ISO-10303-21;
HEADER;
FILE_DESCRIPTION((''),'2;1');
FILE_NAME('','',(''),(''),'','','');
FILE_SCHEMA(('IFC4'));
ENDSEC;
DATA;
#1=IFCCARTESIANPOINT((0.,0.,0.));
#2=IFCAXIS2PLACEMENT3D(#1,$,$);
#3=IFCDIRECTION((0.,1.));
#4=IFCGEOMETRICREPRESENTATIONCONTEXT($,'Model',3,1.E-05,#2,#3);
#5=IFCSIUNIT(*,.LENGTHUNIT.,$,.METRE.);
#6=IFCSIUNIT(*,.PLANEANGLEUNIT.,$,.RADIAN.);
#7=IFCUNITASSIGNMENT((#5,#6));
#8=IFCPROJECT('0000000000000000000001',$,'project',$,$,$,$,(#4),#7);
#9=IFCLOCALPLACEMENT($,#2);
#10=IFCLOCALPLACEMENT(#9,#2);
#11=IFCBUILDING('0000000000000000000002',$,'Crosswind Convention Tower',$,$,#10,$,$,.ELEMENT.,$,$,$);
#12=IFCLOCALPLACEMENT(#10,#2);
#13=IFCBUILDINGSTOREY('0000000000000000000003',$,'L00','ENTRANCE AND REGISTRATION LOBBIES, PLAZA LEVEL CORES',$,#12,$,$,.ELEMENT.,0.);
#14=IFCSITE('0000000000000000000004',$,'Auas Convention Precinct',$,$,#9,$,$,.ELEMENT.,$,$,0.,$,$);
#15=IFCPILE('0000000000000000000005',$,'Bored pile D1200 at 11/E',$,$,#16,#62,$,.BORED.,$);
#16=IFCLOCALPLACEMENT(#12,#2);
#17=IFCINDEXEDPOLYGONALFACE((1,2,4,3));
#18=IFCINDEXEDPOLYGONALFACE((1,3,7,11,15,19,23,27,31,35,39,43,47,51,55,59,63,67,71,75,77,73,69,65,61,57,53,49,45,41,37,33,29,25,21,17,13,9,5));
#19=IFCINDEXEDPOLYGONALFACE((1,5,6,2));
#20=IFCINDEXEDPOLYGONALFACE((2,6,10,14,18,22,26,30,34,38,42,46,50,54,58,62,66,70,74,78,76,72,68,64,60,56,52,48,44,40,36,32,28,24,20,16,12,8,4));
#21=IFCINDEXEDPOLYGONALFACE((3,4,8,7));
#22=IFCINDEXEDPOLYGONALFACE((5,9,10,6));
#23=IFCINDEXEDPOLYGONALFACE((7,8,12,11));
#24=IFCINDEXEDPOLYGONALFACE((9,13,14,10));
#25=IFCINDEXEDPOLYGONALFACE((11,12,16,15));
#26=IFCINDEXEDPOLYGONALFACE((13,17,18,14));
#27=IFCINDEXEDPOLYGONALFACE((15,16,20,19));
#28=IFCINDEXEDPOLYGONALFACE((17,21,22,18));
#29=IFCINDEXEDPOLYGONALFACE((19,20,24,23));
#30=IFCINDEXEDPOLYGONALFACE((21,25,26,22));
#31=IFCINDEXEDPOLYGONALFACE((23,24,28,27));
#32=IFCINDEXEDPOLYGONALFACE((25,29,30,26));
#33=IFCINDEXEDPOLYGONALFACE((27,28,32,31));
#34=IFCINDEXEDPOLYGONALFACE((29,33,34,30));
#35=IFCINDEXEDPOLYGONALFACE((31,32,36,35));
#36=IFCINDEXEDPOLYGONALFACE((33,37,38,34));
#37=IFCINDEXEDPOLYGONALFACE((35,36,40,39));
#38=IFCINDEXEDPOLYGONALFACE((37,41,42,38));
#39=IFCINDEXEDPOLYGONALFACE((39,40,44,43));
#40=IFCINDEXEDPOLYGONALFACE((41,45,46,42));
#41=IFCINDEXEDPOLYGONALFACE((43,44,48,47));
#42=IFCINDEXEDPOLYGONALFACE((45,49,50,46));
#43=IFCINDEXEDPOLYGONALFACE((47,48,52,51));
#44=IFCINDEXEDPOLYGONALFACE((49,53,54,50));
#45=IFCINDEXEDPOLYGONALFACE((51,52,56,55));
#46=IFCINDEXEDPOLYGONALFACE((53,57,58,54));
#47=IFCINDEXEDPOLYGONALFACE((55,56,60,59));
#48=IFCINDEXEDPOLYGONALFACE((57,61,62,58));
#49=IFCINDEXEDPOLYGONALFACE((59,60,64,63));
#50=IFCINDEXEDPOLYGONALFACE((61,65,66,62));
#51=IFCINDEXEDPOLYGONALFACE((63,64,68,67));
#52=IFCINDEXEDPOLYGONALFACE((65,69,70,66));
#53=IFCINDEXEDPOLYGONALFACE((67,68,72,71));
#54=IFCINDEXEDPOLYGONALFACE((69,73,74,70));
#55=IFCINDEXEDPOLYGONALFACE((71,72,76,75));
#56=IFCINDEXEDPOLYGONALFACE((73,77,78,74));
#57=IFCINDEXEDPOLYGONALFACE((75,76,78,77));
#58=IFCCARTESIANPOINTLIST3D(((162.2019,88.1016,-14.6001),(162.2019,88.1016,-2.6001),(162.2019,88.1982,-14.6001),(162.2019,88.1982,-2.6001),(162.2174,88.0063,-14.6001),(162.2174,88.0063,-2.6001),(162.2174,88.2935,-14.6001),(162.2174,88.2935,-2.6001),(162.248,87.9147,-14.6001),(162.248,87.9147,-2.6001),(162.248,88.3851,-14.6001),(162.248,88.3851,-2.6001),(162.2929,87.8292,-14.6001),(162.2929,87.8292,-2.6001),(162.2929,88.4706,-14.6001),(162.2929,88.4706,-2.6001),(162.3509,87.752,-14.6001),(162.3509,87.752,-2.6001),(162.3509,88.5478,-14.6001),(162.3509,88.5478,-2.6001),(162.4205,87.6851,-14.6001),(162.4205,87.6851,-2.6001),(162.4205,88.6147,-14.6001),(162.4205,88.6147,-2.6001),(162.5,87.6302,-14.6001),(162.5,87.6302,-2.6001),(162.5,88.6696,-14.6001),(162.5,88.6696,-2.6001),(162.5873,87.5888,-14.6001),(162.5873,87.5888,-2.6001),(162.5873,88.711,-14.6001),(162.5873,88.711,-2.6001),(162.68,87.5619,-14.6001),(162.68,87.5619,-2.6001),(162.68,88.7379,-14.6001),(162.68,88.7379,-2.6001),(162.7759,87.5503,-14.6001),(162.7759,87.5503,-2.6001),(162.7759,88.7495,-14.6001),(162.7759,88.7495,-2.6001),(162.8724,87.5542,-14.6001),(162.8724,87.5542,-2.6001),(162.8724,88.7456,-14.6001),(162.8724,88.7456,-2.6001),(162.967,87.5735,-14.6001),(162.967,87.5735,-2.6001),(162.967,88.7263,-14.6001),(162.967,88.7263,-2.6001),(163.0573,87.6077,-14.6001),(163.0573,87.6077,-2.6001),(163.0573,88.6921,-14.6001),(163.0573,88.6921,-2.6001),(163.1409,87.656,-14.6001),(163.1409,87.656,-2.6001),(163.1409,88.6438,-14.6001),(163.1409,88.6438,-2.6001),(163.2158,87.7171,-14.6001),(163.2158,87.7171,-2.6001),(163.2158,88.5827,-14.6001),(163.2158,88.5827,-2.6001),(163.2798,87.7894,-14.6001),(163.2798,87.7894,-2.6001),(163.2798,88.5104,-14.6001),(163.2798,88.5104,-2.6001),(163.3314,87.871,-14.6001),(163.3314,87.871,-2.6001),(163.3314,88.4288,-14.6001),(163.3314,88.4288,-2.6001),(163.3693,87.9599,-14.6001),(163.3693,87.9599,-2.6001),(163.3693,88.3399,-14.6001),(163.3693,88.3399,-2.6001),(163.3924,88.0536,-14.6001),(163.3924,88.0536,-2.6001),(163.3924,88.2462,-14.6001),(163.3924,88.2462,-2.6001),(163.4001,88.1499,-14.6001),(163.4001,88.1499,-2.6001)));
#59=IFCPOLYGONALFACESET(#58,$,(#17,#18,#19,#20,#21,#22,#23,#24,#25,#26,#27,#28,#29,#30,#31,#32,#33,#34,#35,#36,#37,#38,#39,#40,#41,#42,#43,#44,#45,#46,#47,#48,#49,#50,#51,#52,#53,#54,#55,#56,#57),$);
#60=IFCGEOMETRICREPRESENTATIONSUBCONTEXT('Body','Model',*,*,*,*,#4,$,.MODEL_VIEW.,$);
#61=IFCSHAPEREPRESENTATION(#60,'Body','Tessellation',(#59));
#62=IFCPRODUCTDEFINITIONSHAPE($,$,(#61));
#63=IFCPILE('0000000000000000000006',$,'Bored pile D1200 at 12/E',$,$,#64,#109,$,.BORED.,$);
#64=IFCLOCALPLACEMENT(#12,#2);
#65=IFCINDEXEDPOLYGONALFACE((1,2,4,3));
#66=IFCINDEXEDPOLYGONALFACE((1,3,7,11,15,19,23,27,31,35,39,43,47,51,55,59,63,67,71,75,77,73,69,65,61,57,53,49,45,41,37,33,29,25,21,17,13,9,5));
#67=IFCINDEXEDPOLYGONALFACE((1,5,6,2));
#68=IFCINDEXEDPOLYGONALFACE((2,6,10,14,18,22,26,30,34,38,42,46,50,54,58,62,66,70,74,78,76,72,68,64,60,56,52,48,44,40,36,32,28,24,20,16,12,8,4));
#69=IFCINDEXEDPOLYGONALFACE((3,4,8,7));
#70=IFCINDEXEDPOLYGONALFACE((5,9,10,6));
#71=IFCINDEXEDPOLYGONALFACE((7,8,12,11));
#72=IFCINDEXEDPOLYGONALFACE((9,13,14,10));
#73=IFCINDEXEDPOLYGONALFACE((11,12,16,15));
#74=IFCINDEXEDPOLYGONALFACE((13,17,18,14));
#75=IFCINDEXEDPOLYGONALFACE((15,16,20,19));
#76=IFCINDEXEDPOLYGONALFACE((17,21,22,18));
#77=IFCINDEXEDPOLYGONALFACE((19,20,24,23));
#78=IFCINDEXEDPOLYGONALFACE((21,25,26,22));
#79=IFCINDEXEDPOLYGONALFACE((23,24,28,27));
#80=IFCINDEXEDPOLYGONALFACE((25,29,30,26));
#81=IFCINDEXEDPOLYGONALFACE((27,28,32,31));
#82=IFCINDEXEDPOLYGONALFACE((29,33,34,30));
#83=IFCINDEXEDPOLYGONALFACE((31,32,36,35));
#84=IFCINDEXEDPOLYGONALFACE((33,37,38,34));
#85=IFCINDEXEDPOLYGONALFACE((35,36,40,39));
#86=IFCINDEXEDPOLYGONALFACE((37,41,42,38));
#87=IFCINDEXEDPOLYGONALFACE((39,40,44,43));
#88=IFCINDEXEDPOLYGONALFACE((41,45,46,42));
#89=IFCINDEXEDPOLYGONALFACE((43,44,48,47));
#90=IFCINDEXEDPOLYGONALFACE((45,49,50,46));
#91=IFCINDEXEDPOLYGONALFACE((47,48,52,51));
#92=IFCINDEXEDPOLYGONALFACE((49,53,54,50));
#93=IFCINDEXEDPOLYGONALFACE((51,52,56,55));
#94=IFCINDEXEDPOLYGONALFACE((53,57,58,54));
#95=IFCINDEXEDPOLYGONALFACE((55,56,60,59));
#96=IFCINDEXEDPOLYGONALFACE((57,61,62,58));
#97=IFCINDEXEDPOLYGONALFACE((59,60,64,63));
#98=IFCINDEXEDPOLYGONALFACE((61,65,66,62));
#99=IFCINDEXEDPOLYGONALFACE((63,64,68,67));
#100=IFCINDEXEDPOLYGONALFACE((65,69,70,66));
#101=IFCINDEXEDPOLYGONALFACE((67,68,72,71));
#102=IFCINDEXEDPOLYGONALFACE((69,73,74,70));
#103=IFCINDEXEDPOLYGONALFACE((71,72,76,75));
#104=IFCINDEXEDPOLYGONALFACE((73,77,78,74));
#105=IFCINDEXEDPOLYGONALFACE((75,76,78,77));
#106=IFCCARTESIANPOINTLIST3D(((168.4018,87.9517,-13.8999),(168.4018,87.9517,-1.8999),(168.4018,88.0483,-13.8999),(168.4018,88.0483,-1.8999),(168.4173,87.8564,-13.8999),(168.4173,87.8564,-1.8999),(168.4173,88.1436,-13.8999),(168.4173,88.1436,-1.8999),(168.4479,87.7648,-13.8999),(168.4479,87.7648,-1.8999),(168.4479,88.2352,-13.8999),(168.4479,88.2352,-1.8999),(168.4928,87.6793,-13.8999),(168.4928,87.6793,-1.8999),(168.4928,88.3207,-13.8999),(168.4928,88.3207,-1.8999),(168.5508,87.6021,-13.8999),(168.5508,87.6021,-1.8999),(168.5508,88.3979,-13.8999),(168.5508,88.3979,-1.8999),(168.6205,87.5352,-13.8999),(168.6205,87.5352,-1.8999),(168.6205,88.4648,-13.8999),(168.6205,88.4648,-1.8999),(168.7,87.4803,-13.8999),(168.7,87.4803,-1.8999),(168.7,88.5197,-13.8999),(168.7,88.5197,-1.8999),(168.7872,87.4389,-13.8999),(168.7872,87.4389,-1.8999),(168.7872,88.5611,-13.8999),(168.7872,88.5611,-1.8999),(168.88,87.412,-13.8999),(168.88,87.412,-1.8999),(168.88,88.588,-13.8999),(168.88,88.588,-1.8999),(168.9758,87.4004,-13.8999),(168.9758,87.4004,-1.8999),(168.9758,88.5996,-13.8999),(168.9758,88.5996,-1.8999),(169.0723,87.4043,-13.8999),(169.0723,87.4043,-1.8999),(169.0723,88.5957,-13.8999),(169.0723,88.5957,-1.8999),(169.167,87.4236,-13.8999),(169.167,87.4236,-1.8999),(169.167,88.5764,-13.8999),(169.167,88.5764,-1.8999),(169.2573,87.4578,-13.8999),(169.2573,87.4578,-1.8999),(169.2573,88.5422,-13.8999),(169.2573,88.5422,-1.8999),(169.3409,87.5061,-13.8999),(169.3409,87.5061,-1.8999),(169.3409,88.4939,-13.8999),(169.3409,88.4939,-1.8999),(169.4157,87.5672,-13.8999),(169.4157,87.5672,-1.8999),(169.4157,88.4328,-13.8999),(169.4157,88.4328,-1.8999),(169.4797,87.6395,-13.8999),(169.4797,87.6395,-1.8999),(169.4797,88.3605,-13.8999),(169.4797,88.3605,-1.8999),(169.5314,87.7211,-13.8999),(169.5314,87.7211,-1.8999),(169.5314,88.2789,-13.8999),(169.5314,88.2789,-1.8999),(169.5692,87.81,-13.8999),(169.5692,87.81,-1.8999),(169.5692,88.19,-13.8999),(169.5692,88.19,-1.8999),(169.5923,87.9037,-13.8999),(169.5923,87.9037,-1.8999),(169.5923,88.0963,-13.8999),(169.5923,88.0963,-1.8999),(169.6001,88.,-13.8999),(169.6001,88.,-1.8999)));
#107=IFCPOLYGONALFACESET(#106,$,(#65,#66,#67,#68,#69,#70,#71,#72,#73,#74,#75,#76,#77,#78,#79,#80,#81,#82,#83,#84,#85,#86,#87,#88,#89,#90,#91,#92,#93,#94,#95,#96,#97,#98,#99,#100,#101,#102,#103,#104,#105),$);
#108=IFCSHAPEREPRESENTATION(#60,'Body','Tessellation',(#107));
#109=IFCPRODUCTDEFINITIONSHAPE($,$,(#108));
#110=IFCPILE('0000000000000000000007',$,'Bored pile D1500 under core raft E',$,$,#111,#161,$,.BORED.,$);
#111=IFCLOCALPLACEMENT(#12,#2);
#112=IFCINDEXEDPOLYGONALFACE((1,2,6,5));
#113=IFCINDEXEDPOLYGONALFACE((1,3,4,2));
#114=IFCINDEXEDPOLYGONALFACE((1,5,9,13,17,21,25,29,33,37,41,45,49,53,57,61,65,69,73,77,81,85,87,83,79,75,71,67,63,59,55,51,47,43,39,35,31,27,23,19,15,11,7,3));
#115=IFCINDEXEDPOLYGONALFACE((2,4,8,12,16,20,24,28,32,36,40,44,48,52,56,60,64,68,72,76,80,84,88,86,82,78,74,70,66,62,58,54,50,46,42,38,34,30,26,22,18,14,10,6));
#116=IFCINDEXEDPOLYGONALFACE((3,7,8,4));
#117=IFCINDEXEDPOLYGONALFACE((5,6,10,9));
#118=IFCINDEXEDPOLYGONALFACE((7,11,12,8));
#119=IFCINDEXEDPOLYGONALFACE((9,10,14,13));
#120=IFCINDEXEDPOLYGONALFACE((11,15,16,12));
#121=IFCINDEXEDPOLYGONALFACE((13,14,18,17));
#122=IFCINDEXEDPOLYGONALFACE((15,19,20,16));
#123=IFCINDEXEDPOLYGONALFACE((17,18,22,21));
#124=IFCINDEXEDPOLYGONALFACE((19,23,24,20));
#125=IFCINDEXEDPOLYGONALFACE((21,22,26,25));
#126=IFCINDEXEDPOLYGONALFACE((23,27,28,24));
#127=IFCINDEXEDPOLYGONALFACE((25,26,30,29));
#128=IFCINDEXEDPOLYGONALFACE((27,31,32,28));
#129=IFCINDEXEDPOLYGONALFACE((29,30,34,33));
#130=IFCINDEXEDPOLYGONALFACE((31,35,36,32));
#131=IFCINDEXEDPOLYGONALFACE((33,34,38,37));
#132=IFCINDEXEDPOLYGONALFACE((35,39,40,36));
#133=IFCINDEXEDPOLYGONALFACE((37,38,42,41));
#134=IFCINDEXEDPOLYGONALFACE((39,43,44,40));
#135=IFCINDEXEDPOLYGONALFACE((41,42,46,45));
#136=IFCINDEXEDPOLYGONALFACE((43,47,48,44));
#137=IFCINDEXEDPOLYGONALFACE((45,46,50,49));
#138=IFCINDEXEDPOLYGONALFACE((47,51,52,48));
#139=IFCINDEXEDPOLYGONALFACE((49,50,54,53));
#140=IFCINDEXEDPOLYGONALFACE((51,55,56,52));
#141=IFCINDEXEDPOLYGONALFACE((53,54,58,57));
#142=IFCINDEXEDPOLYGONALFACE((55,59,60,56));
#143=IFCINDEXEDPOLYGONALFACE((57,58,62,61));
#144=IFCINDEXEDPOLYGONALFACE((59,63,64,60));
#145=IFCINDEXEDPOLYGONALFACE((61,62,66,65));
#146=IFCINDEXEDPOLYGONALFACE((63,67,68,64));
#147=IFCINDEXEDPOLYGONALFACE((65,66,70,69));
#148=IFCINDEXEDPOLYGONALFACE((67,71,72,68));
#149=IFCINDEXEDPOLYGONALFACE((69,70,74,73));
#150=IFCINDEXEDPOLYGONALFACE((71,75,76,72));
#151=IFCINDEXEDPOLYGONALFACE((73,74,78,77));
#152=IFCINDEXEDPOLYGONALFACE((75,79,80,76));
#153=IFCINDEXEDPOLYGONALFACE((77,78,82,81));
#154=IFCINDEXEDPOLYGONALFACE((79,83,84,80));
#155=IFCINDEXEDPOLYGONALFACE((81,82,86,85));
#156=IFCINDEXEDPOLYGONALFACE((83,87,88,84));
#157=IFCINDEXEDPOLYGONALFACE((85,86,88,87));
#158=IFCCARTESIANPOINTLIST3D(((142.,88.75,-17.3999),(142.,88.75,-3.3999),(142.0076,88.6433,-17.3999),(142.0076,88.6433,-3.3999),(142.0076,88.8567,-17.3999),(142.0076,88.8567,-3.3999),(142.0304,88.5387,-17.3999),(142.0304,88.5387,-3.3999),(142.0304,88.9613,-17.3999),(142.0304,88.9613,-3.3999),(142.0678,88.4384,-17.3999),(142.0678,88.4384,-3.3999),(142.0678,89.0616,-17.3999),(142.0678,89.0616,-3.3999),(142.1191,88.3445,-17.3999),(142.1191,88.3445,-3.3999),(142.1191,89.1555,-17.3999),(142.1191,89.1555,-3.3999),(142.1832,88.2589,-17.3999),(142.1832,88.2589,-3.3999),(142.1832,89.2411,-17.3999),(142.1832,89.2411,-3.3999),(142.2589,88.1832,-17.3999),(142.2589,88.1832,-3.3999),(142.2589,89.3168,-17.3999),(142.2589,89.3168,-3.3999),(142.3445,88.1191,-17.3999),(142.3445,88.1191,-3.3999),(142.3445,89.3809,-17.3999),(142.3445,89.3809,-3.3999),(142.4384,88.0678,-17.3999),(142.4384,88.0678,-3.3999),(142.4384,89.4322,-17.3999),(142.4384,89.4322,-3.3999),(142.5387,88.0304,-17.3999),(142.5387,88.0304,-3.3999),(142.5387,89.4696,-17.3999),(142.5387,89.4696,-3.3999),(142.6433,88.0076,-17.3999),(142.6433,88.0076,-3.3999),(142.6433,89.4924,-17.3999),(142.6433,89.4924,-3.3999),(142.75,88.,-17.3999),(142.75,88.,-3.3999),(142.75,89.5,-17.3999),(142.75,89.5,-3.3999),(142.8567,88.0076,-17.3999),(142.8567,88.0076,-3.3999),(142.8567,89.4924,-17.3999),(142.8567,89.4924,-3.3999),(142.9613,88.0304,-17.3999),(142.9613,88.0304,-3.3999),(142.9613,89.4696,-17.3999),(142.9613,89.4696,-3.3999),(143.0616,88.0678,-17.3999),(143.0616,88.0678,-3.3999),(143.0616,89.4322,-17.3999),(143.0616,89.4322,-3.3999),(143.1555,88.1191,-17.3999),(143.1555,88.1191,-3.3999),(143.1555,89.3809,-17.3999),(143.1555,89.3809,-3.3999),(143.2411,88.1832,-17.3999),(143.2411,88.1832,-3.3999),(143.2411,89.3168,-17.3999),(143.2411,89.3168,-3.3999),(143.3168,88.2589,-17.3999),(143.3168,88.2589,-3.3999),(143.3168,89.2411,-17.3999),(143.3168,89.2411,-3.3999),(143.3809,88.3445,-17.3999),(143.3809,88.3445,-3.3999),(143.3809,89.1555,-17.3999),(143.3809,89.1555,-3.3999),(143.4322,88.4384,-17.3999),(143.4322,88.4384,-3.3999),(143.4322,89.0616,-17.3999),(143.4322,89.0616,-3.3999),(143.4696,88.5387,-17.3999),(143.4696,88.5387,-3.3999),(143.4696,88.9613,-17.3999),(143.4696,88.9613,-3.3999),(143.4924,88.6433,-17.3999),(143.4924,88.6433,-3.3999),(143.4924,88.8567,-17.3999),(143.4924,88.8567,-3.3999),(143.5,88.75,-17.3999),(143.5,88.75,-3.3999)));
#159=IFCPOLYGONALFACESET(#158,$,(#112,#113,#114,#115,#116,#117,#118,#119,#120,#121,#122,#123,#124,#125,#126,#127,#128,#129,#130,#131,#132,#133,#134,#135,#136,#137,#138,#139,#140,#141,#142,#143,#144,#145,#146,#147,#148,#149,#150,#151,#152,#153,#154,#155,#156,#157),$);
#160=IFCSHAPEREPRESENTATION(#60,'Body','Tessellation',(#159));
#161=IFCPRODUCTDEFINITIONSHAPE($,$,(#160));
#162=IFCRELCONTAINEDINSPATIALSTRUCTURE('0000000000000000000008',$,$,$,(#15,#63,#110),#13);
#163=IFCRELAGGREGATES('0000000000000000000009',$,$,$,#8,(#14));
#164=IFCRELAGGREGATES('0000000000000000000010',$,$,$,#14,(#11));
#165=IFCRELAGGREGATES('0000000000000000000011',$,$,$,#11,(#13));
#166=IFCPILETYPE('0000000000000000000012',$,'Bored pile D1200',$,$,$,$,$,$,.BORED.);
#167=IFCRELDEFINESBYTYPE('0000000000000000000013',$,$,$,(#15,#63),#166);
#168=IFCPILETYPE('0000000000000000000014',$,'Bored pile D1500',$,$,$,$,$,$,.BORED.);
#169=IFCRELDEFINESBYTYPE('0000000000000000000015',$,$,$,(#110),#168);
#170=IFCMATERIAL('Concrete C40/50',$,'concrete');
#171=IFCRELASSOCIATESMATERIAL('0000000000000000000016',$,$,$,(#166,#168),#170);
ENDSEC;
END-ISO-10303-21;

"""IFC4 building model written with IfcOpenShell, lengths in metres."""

from ifc_helpers import new_model, si_unit, direction, frame, origin, origin_2d, place, context, subcontext, project, spatial, circle, extrude, material, material_profile, profile_set, type_object, element, save


model = new_model("IFC4")

# Units and contexts
model_context = context("Model", 3, precision=1e-05, world=origin(), true_north=direction((0.0, 1.0)))
body_context = subcontext(model_context, "Body", "Model", "MODEL_VIEW")
ifc_project = project(units=[si_unit("LENGTHUNIT", "METRE"), si_unit("PLANEANGLEUNIT", "RADIAN")], contexts=[model_context])

# Site, building, storey
site_placement = place(None, origin())
site = spatial("IfcSite", under=ifc_project, at=site_placement, Name="Auas Convention Precinct", CompositionType="ELEMENT", RefElevation=0.0)
building_placement = place(site_placement, origin())
building = spatial("IfcBuilding", under=site, at=building_placement, Name="Crosswind Convention Tower", CompositionType="ELEMENT")
storey_placement = place(building_placement, origin())
storey = spatial("IfcBuildingStorey", under=building, at=storey_placement, Name="L00", Description="ENTRANCE AND REGISTRATION LOBBIES, PLAZA LEVEL CORES", CompositionType="ELEMENT", Elevation=0.0)

# Piles
ifc_material_1 = material(Name="Concrete C40/50", Category="concrete")
ifc_material_profile_1 = material_profile(ifc_material_1, circle(Radius=0.6001, at=origin_2d()), Name="Bored pile D1200")
ifc_profile_set_1 = profile_set([ifc_material_profile_1], Name="Concrete C40/50")
pile_type_1 = type_object("IfcPileType", Name="Bored pile D1200", PredefinedType="BORED", material=ifc_profile_set_1)
for number, where, z_axis, x_axis, name in (
    (1, (162.8, 88.1499, -2.6001), (0.0, 0.0, -1.0), (1.0, 0.0, 0.0), "Bored pile D1200 at 11/E"),
    (2, (169.0, 88.0, -1.8999), (0.0, 0.0, -1.0), (1.0, 0.0, 0.0), "Bored pile D1200 at 12/E"),
):
    element("IfcPile", number, at=place(storey_placement, frame(where, z_axis=z_axis, x_axis=x_axis)), inside=storey, type_object=pile_type_1, Name=name, PredefinedType="BORED", context=body_context, shape_type="SweptSolid", body=[
        extrude(circle(Radius=0.6001, at=origin_2d()), origin(), (0.0, 0.0, 1.0), 12.0),
    ])
ifc_material_profile_2 = material_profile(ifc_material_1, circle(Radius=0.75, at=origin_2d()), Name="Bored pile D1500")
ifc_profile_set_2 = profile_set([ifc_material_profile_2], Name="Concrete C40/50")
pile_type_2 = type_object("IfcPileType", Name="Bored pile D1500", PredefinedType="BORED", material=ifc_profile_set_2)
for number, where, z_axis, x_axis, name in (
    (3, (142.75, 88.75, -3.3999), (0.0, 0.0, -1.0), (1.0, 0.0, 0.0), "Bored pile D1500 under core raft E"),
):
    element("IfcPile", number, at=place(storey_placement, frame(where, z_axis=z_axis, x_axis=x_axis)), inside=storey, type_object=pile_type_2, Name=name, PredefinedType="BORED", context=body_context, shape_type="SweptSolid", body=[
        extrude(circle(Radius=0.75, at=origin_2d()), origin(), (0.0, 0.0, 1.0), 14.0),
    ])

save(model, "model.ifc")
